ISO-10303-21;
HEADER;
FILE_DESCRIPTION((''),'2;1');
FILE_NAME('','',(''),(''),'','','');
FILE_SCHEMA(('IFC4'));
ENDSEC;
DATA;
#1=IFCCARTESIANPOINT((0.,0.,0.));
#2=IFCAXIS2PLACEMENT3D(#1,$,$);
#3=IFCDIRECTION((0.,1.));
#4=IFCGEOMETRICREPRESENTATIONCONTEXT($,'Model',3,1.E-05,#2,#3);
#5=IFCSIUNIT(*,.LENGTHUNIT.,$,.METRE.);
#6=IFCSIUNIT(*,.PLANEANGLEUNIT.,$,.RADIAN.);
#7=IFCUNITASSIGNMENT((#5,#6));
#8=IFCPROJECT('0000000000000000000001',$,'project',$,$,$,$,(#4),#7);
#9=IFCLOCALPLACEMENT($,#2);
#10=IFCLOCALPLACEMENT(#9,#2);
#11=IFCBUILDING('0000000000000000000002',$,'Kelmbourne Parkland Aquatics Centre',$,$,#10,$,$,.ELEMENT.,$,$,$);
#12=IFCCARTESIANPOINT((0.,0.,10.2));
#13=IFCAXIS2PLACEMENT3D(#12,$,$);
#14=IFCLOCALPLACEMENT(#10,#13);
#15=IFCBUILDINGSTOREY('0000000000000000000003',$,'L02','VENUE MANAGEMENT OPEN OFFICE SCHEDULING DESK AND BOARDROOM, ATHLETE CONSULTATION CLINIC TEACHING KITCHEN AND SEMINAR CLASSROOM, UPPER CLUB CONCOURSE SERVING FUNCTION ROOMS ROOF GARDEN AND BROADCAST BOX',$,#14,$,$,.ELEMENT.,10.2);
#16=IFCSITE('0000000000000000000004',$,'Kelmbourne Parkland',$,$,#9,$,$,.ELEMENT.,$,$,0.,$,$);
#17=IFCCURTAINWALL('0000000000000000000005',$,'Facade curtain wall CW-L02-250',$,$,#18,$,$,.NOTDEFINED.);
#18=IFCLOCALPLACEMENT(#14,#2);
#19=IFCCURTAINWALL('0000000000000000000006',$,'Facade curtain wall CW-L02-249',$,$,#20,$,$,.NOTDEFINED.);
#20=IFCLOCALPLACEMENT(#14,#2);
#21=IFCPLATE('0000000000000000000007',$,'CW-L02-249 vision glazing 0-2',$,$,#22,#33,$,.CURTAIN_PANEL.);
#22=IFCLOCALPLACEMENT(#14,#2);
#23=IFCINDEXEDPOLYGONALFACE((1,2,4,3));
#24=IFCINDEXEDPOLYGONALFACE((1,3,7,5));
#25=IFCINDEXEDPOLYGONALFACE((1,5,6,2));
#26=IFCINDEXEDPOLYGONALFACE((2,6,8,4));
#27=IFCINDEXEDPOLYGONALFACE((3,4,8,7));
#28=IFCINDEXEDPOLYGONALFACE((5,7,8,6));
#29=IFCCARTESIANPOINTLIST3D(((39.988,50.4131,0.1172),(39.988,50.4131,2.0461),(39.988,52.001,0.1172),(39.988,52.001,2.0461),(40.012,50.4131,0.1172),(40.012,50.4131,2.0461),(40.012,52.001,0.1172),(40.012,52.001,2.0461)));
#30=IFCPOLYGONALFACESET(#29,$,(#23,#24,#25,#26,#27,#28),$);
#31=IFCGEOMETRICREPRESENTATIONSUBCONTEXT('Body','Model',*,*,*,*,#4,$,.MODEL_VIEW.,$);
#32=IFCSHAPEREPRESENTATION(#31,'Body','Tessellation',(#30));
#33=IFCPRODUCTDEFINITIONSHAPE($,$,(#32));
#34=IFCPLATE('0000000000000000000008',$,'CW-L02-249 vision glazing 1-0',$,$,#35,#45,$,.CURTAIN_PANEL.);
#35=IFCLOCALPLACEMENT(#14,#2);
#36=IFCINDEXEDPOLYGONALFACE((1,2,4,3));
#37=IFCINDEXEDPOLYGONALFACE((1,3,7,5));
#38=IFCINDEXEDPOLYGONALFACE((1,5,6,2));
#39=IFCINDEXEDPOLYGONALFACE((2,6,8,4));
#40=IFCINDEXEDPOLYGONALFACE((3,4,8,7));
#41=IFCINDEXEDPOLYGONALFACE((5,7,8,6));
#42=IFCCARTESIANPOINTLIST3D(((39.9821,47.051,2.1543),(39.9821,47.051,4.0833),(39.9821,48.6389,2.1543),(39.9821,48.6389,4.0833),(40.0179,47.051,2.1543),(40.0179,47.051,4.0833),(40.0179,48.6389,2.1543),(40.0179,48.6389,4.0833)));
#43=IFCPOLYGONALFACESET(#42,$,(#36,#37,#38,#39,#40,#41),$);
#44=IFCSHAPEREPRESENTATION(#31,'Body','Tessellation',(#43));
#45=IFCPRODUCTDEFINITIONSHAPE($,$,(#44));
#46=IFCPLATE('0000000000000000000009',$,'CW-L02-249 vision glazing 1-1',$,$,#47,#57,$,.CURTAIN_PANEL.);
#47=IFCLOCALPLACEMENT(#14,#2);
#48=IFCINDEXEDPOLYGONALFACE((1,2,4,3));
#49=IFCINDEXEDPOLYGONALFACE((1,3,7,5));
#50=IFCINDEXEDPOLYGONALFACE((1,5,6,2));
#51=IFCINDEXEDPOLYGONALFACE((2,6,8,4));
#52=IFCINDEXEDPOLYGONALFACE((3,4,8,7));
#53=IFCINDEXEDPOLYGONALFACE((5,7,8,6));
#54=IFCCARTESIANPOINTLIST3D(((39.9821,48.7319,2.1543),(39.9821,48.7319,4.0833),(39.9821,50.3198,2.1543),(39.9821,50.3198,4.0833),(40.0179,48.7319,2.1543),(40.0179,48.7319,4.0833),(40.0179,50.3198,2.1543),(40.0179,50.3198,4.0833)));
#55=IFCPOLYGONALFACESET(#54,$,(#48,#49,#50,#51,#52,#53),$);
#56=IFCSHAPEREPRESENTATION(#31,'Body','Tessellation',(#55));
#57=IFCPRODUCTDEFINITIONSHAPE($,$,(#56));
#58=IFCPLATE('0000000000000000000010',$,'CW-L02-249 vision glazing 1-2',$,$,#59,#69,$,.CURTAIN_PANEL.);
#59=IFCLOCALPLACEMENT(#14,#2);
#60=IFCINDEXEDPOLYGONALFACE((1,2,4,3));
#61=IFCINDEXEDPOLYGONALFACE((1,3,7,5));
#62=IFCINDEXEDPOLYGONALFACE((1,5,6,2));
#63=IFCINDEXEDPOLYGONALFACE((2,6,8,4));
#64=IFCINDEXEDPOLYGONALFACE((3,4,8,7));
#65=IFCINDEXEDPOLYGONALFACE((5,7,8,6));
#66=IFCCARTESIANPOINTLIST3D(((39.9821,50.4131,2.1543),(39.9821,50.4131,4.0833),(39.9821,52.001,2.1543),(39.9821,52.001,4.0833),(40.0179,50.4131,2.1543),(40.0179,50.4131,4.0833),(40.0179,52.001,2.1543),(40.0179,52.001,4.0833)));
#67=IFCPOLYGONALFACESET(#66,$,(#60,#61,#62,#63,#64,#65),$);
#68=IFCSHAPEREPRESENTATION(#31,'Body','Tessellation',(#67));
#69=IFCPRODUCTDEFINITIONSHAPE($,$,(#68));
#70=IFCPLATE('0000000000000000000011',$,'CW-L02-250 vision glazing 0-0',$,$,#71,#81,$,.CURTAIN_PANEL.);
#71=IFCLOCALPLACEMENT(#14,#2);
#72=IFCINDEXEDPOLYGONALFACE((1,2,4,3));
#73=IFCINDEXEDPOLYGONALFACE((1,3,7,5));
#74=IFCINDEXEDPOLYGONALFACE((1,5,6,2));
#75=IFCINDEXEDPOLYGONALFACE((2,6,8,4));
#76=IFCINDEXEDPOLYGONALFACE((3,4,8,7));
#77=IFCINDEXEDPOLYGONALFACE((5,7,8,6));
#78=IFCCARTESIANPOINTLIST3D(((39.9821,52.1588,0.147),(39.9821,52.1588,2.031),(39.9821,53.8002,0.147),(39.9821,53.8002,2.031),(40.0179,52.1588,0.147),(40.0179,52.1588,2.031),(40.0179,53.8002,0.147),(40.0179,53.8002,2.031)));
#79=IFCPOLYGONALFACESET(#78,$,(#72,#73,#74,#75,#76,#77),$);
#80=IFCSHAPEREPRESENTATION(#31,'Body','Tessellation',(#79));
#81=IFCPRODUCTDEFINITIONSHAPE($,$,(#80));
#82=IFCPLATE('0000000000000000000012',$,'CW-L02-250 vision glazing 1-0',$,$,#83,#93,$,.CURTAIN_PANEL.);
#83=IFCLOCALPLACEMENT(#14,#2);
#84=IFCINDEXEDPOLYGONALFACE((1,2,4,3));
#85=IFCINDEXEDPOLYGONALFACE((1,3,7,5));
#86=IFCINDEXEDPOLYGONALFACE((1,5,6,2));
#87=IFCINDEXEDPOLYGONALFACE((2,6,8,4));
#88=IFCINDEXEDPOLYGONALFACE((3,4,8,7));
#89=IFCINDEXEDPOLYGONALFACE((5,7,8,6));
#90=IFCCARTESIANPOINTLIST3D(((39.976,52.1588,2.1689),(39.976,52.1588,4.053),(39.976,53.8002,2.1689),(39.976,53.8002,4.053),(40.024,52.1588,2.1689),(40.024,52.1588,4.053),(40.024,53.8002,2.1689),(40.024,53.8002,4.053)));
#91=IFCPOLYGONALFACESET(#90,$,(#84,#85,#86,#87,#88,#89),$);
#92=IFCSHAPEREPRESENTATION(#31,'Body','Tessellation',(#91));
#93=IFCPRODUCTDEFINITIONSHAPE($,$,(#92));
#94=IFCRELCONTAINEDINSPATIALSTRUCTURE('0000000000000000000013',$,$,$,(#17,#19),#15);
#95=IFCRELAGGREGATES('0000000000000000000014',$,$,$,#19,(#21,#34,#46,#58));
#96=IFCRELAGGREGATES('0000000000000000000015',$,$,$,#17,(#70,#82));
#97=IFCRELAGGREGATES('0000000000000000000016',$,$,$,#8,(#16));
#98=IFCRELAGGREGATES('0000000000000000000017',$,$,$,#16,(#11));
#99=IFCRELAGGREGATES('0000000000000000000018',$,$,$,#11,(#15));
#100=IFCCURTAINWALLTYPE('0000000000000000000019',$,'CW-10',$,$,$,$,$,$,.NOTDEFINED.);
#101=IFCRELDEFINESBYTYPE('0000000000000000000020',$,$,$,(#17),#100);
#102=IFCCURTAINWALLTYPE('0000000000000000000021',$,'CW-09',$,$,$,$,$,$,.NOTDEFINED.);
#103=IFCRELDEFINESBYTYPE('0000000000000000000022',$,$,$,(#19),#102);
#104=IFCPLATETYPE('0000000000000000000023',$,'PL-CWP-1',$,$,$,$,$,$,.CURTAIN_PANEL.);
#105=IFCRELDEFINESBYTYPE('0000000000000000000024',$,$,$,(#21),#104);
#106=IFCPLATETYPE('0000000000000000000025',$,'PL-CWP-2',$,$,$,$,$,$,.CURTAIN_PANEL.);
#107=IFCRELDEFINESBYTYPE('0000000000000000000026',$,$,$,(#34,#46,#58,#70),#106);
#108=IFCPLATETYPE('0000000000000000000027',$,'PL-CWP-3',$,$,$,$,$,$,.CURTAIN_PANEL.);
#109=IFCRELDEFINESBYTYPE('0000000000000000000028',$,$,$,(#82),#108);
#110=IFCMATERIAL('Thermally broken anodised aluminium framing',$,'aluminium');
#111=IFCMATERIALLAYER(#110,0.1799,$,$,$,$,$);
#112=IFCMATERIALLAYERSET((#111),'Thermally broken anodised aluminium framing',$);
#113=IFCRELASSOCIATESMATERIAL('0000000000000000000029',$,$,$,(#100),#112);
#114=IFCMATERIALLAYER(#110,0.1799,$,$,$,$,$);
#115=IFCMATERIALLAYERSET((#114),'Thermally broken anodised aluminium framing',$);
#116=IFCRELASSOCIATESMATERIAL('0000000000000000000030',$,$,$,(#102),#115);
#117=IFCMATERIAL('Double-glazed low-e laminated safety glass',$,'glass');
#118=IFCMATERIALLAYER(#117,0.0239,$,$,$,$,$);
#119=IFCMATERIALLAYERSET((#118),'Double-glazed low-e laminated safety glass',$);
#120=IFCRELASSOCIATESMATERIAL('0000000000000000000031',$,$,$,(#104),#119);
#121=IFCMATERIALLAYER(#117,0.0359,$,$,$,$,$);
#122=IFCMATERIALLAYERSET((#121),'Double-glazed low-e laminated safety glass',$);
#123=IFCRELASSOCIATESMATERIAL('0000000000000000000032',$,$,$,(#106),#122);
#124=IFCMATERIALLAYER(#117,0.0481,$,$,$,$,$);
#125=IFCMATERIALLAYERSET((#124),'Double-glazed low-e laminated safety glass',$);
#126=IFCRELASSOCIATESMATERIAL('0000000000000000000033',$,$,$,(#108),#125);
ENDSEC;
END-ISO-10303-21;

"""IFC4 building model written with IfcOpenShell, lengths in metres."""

from ifc_helpers import new_model, si_unit, direction, frame, origin, origin_2d, place, context, subcontext, project, spatial, rectangle, extrude, material, layer, layer_set, type_object, element, aggregate, save


model = new_model("IFC4")

# Units and contexts
model_context = context("Model", 3, precision=1e-05, world=origin(), true_north=direction((0.0, 1.0)))
body_context = subcontext(model_context, "Body", "Model", "MODEL_VIEW")
ifc_project = project(units=[si_unit("LENGTHUNIT", "METRE"), si_unit("PLANEANGLEUNIT", "RADIAN")], contexts=[model_context])

# Site, building, storey
site_placement = place(None, origin())
site = spatial("IfcSite", under=ifc_project, at=site_placement, Name="Kelmbourne Parkland", CompositionType="ELEMENT", RefElevation=0.0)
building_placement = place(site_placement, origin())
building = spatial("IfcBuilding", under=site, at=building_placement, Name="Kelmbourne Parkland Aquatics Centre", CompositionType="ELEMENT")
storey_placement = place(building_placement, frame((0.0, 0.0, 10.2)))
storey = spatial("IfcBuildingStorey", under=building, at=storey_placement, Name="L02", Description="VENUE MANAGEMENT OPEN OFFICE SCHEDULING DESK AND BOARDROOM, ATHLETE CONSULTATION CLINIC TEACHING KITCHEN AND SEMINAR CLASSROOM, UPPER CLUB CONCOURSE SERVING FUNCTION ROOMS ROOF GARDEN AND BROADCAST BOX", CompositionType="ELEMENT", Elevation=10.2)

# Curtain walls
ifc_material_1 = material(Name="Thermally broken anodised aluminium framing", Category="aluminium")
ifc_layer_1 = layer(ifc_material_1, 0.1799)
ifc_layer_set_1 = layer_set([ifc_layer_1], Name="Thermally broken anodised aluminium framing")
curtain_wall_type_1 = type_object("IfcCurtainWallType", Name="CW-10", PredefinedType="NOTDEFINED", material=ifc_layer_set_1)
curtain_wall_1_placement = place(storey_placement, origin())
curtain_wall_1 = element("IfcCurtainWall", 1, at=curtain_wall_1_placement, inside=storey, type_object=curtain_wall_type_1, Name="Facade curtain wall CW-L02-250", PredefinedType="NOTDEFINED")
ifc_layer_2 = layer(ifc_material_1, 0.1799)
ifc_layer_set_2 = layer_set([ifc_layer_2], Name="Thermally broken anodised aluminium framing")
curtain_wall_type_2 = type_object("IfcCurtainWallType", Name="CW-09", PredefinedType="NOTDEFINED", material=ifc_layer_set_2)
curtain_wall_2_placement = place(storey_placement, origin())
curtain_wall_2 = element("IfcCurtainWall", 2, at=curtain_wall_2_placement, inside=storey, type_object=curtain_wall_type_2, Name="Facade curtain wall CW-L02-249", PredefinedType="NOTDEFINED")

# Plates
ifc_material_2 = material(Name="Double-glazed low-e laminated safety glass", Category="glass")
ifc_layer_3 = layer(ifc_material_2, 0.0239)
ifc_layer_set_3 = layer_set([ifc_layer_3], Name="Double-glazed low-e laminated safety glass")
plate_type_1 = type_object("IfcPlateType", Name="PL-CWP-1", PredefinedType="CURTAIN_PANEL", material=ifc_layer_set_3)
plate_1_placement = place(storey_placement, frame((40.0, 51.207, 0.1172), z_axis=(0.0, 0.0, 1.0), x_axis=(0.0, 1.0, 0.0)))
plate_1 = element("IfcPlate", 3, at=plate_1_placement, type_object=plate_type_1, Name="CW-L02-249 vision glazing 0-2", PredefinedType="CURTAIN_PANEL", context=body_context, shape_type="SweptSolid", body=[
    extrude(rectangle(XDim=1.5879, YDim=0.0239, at=origin_2d()), origin(), (0.0, 0.0, 1.0), 1.929),
])
ifc_layer_4 = layer(ifc_material_2, 0.0359)
ifc_layer_set_4 = layer_set([ifc_layer_4], Name="Double-glazed low-e laminated safety glass")
plate_type_2 = type_object("IfcPlateType", Name="PL-CWP-2", PredefinedType="CURTAIN_PANEL", material=ifc_layer_set_4)
plate_2_placement = place(storey_placement, frame((40.0, 47.845, 2.1543), z_axis=(0.0, 0.0, 1.0), x_axis=(0.0, 1.0, 0.0)))
plate_2 = element("IfcPlate", 4, at=plate_2_placement, type_object=plate_type_2, Name="CW-L02-249 vision glazing 1-0", PredefinedType="CURTAIN_PANEL", context=body_context, shape_type="SweptSolid", body=[
    extrude(rectangle(XDim=1.5879, YDim=0.0359, at=origin_2d()), origin(), (0.0, 0.0, 1.0), 1.929),
])
plate_3_placement = place(storey_placement, frame((40.0, 49.5259, 2.1543), z_axis=(0.0, 0.0, 1.0), x_axis=(0.0, 1.0, 0.0)))
plate_3 = element("IfcPlate", 5, at=plate_3_placement, type_object=plate_type_2, Name="CW-L02-249 vision glazing 1-1", PredefinedType="CURTAIN_PANEL", context=body_context, shape_type="SweptSolid", body=[
    extrude(rectangle(XDim=1.5879, YDim=0.0359, at=origin_2d()), origin(), (0.0, 0.0, 1.0), 1.929),
])
plate_4_placement = place(storey_placement, frame((40.0, 51.207, 2.1543), z_axis=(0.0, 0.0, 1.0), x_axis=(0.0, 1.0, 0.0)))
plate_4 = element("IfcPlate", 6, at=plate_4_placement, type_object=plate_type_2, Name="CW-L02-249 vision glazing 1-2", PredefinedType="CURTAIN_PANEL", context=body_context, shape_type="SweptSolid", body=[
    extrude(rectangle(XDim=1.5879, YDim=0.0359, at=origin_2d()), origin(), (0.0, 0.0, 1.0), 1.929),
])
aggregate(curtain_wall_2, [plate_1, plate_2, plate_3, plate_4])
plate_5_placement = place(storey_placement, frame((40.0, 52.9795, 0.147), z_axis=(0.0, 0.0, 1.0), x_axis=(0.0, 1.0, 0.0)))
plate_5 = element("IfcPlate", 7, at=plate_5_placement, type_object=plate_type_2, Name="CW-L02-250 vision glazing 0-0", PredefinedType="CURTAIN_PANEL", context=body_context, shape_type="SweptSolid", body=[
    extrude(rectangle(XDim=1.6414, YDim=0.0359, at=origin_2d()), origin(), (0.0, 0.0, 1.0), 1.884),
])
ifc_layer_5 = layer(ifc_material_2, 0.0481)
ifc_layer_set_5 = layer_set([ifc_layer_5], Name="Double-glazed low-e laminated safety glass")
plate_type_3 = type_object("IfcPlateType", Name="PL-CWP-3", PredefinedType="CURTAIN_PANEL", material=ifc_layer_set_5)
plate_6_placement = place(storey_placement, frame((40.0, 52.9795, 2.1689), z_axis=(0.0, 0.0, 1.0), x_axis=(0.0, 1.0, 0.0)))
plate_6 = element("IfcPlate", 8, at=plate_6_placement, type_object=plate_type_3, Name="CW-L02-250 vision glazing 1-0", PredefinedType="CURTAIN_PANEL", context=body_context, shape_type="SweptSolid", body=[
    extrude(rectangle(XDim=1.6414, YDim=0.0481, at=origin_2d()), origin(), (0.0, 0.0, 1.0), 1.884),
])
aggregate(curtain_wall_1, [plate_5, plate_6])

save(model, "model.ifc")
